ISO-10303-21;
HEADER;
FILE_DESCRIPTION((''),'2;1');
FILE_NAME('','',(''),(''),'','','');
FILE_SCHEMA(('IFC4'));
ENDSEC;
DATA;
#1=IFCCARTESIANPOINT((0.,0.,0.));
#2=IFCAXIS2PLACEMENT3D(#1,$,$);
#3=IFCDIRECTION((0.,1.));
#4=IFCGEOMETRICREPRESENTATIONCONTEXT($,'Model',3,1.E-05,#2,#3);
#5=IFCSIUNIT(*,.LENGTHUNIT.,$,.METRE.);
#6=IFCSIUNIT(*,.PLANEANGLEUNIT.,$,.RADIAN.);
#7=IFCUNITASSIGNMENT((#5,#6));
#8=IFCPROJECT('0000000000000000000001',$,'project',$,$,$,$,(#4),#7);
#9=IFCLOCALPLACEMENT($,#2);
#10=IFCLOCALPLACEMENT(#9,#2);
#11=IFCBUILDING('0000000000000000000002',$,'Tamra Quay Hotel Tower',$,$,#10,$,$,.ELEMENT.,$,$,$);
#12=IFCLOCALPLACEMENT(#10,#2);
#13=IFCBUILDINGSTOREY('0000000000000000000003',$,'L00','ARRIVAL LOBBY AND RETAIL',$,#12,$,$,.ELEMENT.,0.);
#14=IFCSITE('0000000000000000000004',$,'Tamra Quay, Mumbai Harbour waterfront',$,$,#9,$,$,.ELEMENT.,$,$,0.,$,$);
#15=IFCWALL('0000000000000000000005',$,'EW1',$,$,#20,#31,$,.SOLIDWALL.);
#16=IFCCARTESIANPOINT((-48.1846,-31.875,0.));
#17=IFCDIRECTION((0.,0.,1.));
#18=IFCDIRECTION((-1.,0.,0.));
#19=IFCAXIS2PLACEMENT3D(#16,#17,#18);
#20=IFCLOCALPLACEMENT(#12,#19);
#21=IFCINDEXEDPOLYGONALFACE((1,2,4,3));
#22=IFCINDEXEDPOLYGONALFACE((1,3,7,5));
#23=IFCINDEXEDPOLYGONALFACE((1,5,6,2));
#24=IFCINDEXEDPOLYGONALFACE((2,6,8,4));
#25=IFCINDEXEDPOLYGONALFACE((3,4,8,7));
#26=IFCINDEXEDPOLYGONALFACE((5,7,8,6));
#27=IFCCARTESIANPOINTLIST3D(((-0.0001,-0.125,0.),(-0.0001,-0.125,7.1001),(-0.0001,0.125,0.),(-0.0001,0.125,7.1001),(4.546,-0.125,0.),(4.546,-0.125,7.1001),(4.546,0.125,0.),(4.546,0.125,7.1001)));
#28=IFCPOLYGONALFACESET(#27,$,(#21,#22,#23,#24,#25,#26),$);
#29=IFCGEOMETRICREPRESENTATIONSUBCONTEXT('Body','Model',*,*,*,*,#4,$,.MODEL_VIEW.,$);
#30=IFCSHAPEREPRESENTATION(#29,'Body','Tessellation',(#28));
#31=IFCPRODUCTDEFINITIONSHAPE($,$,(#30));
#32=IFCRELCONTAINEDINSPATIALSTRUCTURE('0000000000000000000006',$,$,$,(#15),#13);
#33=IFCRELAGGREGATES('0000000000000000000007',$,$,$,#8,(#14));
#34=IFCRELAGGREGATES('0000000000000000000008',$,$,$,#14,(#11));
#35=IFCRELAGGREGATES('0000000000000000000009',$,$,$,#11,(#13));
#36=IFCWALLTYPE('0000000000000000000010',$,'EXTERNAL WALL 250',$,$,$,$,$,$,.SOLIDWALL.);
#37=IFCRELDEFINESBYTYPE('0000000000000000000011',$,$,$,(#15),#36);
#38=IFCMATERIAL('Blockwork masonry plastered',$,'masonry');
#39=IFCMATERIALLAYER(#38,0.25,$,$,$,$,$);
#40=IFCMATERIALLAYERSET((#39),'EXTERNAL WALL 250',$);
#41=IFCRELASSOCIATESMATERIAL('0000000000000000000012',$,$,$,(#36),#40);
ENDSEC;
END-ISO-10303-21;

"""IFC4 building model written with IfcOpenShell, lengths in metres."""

from ifc_helpers import new_model, si_unit, direction, frame, frame_2d, origin, place, context, subcontext, project, spatial, rectangle, extrude, material, layer, layer_set, type_object, element, save


model = new_model("IFC4")

# Units and contexts
model_context = context("Model", 3, precision=1e-05, world=origin(), true_north=direction((0.0, 1.0)))
body_context = subcontext(model_context, "Body", "Model", "MODEL_VIEW")
ifc_project = project(units=[si_unit("LENGTHUNIT", "METRE"), si_unit("PLANEANGLEUNIT", "RADIAN")], contexts=[model_context])

# Site, building, storey
site_placement = place(None, origin())
site = spatial("IfcSite", under=ifc_project, at=site_placement, Name="Tamra Quay, Mumbai Harbour waterfront", CompositionType="ELEMENT", RefElevation=0.0)
building_placement = place(site_placement, origin())
building = spatial("IfcBuilding", under=site, at=building_placement, Name="Tamra Quay Hotel Tower", CompositionType="ELEMENT")
storey_placement = place(building_placement, origin())
storey = spatial("IfcBuildingStorey", under=building, at=storey_placement, Name="L00", Description="ARRIVAL LOBBY AND RETAIL", CompositionType="ELEMENT", Elevation=0.0)

# Wall
ifc_material_1 = material(Name="Blockwork masonry plastered", Category="masonry")
ifc_layer_1 = layer(ifc_material_1, 0.25)
ifc_layer_set_1 = layer_set([ifc_layer_1], Name="EXTERNAL WALL 250")
wall_type_1 = type_object("IfcWallType", Name="EXTERNAL WALL 250", PredefinedType="SOLIDWALL", material=ifc_layer_set_1)
for number, where, z_axis, x_axis, name in (
    (1, (-48.1846, -31.875, 0.0), (0.0, 0.0, 1.0), (-1.0, 0.0, 0.0), "EW1"),
):
    element("IfcWall", number, at=place(storey_placement, frame(where, z_axis=z_axis, x_axis=x_axis)), inside=storey, type_object=wall_type_1, Name=name, PredefinedType="SOLIDWALL", context=body_context, shape_type="SweptSolid", body=[
        extrude(rectangle(XDim=4.5461, YDim=0.25, at=frame_2d((2.2729, 0.0))), origin(), (0.0, 0.0, 1.0), 7.1001),
    ])

save(model, "model.ifc")
